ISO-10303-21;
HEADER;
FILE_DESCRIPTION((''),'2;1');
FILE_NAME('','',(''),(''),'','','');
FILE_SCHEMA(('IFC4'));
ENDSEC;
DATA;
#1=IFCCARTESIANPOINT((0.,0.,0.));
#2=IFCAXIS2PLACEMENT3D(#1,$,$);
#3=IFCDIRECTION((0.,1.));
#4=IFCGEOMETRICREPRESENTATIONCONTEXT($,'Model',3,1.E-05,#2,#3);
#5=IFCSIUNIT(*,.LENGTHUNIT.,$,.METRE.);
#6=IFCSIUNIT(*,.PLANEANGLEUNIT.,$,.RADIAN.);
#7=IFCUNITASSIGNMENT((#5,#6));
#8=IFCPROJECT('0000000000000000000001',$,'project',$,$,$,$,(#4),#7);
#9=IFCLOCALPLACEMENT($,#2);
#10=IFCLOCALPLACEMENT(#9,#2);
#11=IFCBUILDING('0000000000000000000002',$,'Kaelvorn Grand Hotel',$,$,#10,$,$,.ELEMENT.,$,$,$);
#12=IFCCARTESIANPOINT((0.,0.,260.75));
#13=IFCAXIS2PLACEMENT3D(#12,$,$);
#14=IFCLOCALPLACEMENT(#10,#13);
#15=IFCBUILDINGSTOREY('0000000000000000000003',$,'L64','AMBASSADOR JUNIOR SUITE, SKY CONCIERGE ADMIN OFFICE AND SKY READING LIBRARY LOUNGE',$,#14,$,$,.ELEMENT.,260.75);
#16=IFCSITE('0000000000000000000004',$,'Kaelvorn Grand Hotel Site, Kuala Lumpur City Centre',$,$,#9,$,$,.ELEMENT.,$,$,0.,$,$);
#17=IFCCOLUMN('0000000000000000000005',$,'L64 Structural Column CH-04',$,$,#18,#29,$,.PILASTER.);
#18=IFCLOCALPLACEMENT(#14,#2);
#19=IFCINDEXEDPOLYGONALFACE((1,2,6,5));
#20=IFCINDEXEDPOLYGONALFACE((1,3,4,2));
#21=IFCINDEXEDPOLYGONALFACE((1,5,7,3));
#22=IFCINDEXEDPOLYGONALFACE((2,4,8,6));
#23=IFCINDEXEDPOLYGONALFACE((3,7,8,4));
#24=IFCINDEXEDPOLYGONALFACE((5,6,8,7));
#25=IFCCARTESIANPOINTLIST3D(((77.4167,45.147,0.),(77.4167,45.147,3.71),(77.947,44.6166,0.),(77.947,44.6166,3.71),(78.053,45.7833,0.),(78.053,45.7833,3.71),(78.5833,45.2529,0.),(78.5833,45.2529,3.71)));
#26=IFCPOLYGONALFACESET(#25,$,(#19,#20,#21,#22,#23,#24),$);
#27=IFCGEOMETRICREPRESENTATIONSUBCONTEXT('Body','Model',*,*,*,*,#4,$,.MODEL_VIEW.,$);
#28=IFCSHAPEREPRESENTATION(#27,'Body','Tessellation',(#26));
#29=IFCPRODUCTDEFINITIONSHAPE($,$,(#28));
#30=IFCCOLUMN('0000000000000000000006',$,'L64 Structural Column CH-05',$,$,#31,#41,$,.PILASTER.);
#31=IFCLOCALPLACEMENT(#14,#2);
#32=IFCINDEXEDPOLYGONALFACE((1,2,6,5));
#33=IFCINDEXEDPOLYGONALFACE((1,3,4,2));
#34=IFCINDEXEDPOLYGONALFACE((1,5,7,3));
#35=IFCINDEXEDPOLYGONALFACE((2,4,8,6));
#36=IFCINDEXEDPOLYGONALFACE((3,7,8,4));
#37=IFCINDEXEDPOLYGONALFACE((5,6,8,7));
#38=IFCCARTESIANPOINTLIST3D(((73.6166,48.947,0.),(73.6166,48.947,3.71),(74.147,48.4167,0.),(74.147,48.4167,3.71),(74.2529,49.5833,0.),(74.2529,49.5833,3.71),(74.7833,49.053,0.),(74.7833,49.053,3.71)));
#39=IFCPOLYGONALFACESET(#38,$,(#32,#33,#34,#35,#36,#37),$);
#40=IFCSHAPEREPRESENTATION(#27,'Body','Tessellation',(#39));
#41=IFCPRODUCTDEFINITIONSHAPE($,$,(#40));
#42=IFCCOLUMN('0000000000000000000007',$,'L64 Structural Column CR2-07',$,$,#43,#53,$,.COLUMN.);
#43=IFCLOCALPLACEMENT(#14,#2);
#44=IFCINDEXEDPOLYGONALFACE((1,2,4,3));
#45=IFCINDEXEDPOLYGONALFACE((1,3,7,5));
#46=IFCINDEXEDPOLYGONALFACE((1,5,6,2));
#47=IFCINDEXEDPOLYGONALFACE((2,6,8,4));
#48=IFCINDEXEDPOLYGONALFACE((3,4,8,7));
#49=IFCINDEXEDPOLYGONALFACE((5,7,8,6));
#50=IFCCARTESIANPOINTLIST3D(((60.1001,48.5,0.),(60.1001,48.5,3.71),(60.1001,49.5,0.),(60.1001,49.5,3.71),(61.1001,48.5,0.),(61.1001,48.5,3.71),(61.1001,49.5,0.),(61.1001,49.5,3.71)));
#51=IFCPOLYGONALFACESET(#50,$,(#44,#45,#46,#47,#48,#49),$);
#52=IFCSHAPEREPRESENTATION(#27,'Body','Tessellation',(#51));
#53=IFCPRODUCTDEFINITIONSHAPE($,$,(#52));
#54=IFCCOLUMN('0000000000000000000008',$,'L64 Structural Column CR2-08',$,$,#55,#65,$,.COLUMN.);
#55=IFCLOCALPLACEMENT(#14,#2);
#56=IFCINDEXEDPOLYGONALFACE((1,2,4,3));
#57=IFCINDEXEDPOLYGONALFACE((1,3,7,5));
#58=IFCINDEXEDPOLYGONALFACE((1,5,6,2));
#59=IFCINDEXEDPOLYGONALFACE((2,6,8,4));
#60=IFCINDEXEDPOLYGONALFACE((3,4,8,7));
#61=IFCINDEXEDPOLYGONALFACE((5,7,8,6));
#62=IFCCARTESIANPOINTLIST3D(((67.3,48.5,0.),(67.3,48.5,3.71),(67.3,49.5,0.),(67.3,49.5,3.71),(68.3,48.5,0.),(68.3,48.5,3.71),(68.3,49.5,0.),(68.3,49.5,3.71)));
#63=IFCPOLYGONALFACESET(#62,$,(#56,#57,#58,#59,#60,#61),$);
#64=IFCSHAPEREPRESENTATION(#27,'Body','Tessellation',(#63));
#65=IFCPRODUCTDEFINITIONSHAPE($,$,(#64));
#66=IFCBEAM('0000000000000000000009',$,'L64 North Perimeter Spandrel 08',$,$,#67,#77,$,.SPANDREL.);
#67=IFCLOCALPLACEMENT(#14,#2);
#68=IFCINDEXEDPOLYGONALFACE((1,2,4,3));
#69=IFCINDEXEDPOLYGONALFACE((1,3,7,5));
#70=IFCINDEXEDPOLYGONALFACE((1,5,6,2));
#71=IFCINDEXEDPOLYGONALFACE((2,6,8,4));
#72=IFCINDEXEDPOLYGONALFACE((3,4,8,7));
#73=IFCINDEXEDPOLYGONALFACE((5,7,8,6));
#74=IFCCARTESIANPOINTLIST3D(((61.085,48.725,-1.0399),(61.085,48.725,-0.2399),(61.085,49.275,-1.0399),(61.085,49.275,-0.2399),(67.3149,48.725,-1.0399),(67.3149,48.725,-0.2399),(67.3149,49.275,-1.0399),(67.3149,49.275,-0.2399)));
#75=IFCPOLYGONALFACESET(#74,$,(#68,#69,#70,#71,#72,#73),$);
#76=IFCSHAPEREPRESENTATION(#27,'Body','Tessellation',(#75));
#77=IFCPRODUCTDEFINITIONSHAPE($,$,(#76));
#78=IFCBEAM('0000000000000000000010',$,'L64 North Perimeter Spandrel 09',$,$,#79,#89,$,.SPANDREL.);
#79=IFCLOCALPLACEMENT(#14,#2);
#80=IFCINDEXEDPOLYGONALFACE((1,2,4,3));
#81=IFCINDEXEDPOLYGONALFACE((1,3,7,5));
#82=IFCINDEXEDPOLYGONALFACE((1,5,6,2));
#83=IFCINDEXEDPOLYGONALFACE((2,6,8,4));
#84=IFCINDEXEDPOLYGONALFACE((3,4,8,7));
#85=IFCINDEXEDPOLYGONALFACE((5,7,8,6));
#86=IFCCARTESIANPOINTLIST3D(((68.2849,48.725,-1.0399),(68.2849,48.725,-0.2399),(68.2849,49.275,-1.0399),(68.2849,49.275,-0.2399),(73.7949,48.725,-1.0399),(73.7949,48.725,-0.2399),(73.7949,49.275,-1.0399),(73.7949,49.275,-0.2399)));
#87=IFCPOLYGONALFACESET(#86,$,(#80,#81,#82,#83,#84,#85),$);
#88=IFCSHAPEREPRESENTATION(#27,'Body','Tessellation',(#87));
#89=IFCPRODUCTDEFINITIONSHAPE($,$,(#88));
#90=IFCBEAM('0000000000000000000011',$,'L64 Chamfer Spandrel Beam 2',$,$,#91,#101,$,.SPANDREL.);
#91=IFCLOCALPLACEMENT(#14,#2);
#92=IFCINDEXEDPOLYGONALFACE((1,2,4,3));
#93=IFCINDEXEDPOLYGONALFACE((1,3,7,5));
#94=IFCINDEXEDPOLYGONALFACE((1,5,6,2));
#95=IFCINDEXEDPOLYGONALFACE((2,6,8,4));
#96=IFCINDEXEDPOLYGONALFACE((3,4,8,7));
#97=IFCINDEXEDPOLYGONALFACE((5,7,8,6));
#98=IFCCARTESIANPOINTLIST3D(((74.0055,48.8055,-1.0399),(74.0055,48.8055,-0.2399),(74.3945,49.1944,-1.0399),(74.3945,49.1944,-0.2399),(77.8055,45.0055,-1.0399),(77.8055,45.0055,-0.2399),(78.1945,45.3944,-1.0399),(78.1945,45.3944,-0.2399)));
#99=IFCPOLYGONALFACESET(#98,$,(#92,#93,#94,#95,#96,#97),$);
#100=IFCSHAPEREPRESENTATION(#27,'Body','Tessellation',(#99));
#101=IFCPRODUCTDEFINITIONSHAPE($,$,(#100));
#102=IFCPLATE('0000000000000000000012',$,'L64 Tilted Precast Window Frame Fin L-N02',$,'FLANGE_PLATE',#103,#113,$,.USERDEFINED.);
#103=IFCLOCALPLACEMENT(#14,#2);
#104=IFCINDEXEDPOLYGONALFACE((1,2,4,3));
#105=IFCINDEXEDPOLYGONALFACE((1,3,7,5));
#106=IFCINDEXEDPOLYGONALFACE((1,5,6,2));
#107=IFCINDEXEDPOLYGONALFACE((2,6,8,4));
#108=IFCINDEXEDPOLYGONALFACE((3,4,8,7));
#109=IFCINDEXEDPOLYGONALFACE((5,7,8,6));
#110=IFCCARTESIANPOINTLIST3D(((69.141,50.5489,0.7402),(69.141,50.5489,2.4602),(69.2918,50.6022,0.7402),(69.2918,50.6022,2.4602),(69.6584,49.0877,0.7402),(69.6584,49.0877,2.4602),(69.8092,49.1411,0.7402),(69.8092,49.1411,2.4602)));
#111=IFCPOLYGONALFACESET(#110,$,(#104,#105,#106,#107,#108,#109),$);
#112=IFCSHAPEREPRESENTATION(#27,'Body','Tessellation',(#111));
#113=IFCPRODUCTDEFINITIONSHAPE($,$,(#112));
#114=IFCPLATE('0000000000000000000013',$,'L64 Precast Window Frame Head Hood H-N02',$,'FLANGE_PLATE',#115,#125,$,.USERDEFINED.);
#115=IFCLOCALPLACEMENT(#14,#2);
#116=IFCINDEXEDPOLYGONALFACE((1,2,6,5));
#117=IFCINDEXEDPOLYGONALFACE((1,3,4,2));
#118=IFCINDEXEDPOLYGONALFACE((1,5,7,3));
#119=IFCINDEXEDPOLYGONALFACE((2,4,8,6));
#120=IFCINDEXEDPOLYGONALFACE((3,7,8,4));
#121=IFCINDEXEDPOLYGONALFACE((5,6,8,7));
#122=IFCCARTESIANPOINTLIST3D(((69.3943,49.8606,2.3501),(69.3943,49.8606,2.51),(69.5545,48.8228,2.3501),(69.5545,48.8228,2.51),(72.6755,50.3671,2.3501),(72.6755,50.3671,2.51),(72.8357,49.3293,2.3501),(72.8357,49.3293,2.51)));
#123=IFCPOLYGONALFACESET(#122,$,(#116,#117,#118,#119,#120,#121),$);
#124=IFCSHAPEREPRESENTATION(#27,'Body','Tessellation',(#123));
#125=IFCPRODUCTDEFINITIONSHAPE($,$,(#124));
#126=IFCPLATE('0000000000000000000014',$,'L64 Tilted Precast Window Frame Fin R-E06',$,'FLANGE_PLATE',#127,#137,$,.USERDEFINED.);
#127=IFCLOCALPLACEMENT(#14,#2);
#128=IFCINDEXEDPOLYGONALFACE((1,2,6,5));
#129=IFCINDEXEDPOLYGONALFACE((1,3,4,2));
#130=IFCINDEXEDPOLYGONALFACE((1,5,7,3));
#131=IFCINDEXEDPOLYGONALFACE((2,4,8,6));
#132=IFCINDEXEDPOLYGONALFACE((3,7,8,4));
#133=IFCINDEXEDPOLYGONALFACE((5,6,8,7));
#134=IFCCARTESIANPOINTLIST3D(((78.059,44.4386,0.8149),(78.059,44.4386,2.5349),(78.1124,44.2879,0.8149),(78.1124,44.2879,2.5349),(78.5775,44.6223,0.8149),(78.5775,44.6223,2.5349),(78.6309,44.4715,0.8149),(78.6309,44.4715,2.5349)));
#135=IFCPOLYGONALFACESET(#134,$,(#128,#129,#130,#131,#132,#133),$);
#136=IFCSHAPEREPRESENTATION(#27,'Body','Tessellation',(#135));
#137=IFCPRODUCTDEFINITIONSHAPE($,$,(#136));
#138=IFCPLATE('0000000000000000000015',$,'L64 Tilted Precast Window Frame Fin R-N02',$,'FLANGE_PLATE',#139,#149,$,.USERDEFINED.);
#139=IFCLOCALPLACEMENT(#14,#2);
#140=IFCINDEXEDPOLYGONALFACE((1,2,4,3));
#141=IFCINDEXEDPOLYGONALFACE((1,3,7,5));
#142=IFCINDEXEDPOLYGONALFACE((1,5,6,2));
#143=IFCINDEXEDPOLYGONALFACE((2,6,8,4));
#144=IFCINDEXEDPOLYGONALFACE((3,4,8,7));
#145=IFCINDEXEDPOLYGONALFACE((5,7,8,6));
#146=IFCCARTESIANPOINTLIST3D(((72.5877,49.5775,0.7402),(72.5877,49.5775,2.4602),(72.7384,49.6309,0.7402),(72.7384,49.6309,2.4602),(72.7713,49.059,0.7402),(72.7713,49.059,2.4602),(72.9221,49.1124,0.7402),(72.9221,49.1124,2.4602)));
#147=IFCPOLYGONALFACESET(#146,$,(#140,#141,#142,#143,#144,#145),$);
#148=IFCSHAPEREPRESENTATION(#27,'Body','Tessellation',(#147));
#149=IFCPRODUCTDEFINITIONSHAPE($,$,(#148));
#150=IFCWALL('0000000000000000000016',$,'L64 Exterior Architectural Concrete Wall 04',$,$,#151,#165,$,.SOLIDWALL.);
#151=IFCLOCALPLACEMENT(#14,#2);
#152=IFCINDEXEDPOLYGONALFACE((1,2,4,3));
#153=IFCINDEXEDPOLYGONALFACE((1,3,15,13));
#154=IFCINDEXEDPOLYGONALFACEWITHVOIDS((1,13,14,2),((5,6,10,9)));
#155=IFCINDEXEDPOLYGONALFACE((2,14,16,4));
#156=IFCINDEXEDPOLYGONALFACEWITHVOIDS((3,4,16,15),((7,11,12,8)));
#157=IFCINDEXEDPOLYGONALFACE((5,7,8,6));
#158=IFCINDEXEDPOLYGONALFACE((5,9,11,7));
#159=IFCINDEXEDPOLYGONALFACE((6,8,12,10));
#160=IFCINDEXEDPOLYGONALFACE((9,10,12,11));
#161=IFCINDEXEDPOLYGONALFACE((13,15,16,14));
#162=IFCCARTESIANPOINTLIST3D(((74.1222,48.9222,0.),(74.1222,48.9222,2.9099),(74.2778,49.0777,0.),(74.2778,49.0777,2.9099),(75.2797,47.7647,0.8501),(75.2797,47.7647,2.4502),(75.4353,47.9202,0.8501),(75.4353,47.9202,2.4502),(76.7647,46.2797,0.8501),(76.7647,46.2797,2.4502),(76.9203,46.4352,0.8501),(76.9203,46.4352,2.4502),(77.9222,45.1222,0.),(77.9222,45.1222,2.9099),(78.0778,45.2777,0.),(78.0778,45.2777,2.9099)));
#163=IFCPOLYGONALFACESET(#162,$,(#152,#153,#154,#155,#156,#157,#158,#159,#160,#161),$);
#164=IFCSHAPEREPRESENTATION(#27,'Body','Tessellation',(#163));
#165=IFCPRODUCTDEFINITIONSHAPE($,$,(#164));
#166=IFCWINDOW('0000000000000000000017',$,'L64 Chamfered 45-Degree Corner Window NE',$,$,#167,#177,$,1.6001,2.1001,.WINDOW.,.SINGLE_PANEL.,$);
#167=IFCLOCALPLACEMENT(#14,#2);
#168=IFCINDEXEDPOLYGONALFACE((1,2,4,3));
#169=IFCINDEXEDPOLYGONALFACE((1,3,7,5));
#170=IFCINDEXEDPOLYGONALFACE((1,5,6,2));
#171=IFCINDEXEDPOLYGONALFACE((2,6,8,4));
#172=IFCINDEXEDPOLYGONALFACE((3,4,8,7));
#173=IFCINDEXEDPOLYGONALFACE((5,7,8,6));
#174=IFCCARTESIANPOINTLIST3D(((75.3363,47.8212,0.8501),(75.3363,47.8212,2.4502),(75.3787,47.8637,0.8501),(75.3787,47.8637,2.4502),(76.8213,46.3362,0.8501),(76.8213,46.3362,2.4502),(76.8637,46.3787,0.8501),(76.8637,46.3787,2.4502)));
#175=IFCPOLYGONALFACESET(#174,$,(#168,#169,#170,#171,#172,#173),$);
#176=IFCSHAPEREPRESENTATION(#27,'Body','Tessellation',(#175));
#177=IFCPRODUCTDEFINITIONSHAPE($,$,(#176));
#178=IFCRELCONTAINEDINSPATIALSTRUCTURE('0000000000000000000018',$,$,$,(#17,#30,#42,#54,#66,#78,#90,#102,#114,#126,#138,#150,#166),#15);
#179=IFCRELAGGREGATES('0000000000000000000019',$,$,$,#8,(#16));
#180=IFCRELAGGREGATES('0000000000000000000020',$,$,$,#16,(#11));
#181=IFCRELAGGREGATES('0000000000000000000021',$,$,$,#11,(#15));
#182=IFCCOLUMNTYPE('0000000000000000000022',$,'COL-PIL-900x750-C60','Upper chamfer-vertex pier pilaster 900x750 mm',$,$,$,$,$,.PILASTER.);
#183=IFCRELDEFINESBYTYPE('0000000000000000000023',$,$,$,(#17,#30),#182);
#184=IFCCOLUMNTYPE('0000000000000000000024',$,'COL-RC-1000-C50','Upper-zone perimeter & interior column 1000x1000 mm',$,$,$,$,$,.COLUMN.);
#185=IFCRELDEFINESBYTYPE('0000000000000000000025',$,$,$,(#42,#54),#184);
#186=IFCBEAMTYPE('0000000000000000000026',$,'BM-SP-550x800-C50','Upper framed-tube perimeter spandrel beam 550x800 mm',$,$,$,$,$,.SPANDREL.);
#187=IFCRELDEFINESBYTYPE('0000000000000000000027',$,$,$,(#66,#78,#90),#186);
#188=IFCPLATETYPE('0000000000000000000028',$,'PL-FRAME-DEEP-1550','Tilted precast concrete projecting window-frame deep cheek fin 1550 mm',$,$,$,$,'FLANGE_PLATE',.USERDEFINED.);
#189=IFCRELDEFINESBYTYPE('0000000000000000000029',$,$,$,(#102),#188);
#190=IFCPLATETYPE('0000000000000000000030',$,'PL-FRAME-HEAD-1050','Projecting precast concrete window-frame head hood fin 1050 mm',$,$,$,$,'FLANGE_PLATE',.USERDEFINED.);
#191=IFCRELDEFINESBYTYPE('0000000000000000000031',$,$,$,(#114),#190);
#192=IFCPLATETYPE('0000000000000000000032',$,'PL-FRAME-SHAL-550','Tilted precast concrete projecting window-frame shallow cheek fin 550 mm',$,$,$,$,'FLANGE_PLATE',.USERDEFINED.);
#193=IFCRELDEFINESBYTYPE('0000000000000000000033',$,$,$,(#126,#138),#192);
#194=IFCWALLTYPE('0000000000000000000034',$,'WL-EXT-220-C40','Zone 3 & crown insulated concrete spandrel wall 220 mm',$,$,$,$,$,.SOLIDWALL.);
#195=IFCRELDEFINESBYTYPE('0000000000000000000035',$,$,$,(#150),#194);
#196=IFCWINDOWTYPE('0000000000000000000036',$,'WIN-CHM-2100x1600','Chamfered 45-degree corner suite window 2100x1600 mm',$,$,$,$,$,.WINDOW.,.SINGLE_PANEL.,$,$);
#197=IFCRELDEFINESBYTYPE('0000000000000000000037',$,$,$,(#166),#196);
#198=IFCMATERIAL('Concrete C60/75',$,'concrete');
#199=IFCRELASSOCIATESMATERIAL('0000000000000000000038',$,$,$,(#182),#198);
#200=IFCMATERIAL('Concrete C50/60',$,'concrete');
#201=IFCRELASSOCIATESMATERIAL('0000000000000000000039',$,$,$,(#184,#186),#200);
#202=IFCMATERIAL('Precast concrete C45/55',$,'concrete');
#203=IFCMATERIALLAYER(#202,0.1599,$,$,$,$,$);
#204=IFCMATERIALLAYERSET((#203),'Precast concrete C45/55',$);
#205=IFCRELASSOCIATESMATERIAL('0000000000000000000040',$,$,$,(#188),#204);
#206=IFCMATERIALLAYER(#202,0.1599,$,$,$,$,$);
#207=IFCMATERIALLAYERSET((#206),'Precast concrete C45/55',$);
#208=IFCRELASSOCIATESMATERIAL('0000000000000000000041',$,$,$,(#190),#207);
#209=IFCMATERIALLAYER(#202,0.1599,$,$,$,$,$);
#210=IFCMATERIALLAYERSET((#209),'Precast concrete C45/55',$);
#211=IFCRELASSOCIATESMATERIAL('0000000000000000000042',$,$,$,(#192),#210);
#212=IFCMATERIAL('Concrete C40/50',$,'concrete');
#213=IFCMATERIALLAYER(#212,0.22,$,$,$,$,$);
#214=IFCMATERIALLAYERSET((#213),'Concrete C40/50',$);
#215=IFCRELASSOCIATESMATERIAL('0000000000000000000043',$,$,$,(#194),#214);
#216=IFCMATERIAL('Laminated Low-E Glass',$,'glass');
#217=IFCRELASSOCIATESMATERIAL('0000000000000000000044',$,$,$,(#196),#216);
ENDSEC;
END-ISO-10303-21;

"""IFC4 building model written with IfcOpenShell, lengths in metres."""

from ifc_helpers import new_model, si_unit, direction, frame, frame_2d, origin, origin_2d, place, context, subcontext, project, spatial, rectangle, extrude, material, layer, layer_set, material_profile, profile_set, type_object, element, fill, save


model = new_model("IFC4")

# Units and contexts
model_context = context("Model", 3, precision=1e-05, world=origin(), true_north=direction((0.0, 1.0)))
body_context = subcontext(model_context, "Body", "Model", "MODEL_VIEW")
ifc_project = project(units=[si_unit("LENGTHUNIT", "METRE"), si_unit("PLANEANGLEUNIT", "RADIAN")], contexts=[model_context])

# Site, building, storey
site_placement = place(None, origin())
site = spatial("IfcSite", under=ifc_project, at=site_placement, Name="Kaelvorn Grand Hotel Site, Kuala Lumpur City Centre", CompositionType="ELEMENT", RefElevation=0.0)
building_placement = place(site_placement, origin())
building = spatial("IfcBuilding", under=site, at=building_placement, Name="Kaelvorn Grand Hotel", CompositionType="ELEMENT")
storey_placement = place(building_placement, frame((0.0, 0.0, 260.75)))
storey = spatial("IfcBuildingStorey", under=building, at=storey_placement, Name="L64", Description="AMBASSADOR JUNIOR SUITE, SKY CONCIERGE ADMIN OFFICE AND SKY READING LIBRARY LOUNGE", CompositionType="ELEMENT", Elevation=260.75)

# Columns
ifc_material_1 = material(Name="Concrete C60/75", Category="concrete")
ifc_material_profile_1 = material_profile(ifc_material_1, rectangle(XDim=0.8999, YDim=0.75, at=origin_2d()), Name="RC PILASTER 900x750")
ifc_profile_set_1 = profile_set([ifc_material_profile_1], Name="Concrete C60/75")
column_type_1 = type_object("IfcColumnType", Name="COL-PIL-900x750-C60", Description="Upper chamfer-vertex pier pilaster 900x750 mm", PredefinedType="PILASTER", material=ifc_profile_set_1)
for number, where, z_axis, x_axis, name in (
    (1, (78.0, 45.2, 0.0), (0.0, 0.0, 1.0), (0.707107, 0.707107, 0.0), "L64 Structural Column CH-04"),
    (2, (74.2, 49.0, 0.0), (0.0, 0.0, 1.0), (0.707107, 0.707107, 0.0), "L64 Structural Column CH-05"),
):
    element("IfcColumn", number, at=place(storey_placement, frame(where, z_axis=z_axis, x_axis=x_axis)), inside=storey, type_object=column_type_1, Name=name, PredefinedType="PILASTER", context=body_context, shape_type="SweptSolid", body=[
        extrude(rectangle(XDim=0.8999, YDim=0.75, at=origin_2d()), origin(), (0.0, 0.0, 1.0), 3.71),
    ])
ifc_material_2 = material(Name="Concrete C50/60", Category="concrete")
ifc_material_profile_2 = material_profile(ifc_material_2, rectangle(XDim=1.0, YDim=1.0, at=origin_2d()), Name="RC COL 1000x1000")
ifc_profile_set_2 = profile_set([ifc_material_profile_2], Name="Concrete C50/60")
column_type_2 = type_object("IfcColumnType", Name="COL-RC-1000-C50", Description="Upper-zone perimeter & interior column 1000x1000 mm", PredefinedType="COLUMN", material=ifc_profile_set_2)
for number, where, z_axis, x_axis, name in (
    (3, (60.6001, 49.0, 0.0), (0.0, 0.0, 1.0), (1.0, 0.0, 0.0), "L64 Structural Column CR2-07"),
    (4, (67.8, 49.0, 0.0), (0.0, 0.0, 1.0), (1.0, 0.0, 0.0), "L64 Structural Column CR2-08"),
):
    element("IfcColumn", number, at=place(storey_placement, frame(where, z_axis=z_axis, x_axis=x_axis)), inside=storey, type_object=column_type_2, Name=name, PredefinedType="COLUMN", context=body_context, shape_type="SweptSolid", body=[
        extrude(rectangle(XDim=1.0, YDim=1.0, at=origin_2d()), origin(), (0.0, 0.0, 1.0), 3.71),
    ])

# Beams
ifc_material_profile_3 = material_profile(ifc_material_2, rectangle(XDim=0.55, YDim=0.8, at=origin_2d()), Name="RC SPANDREL 550x800")
ifc_profile_set_3 = profile_set([ifc_material_profile_3], Name="Concrete C50/60")
beam_type = type_object("IfcBeamType", Name="BM-SP-550x800-C50", Description="Upper framed-tube perimeter spandrel beam 550x800 mm", PredefinedType="SPANDREL", material=ifc_profile_set_3)
beam_1_placement = place(storey_placement, frame((61.085, 49.0, -0.6399), z_axis=(1.0, 0.0, 0.0), x_axis=(0.0, 1.0, 0.0)))
element("IfcBeam", 5, at=beam_1_placement, inside=storey, type_object=beam_type, Name="L64 North Perimeter Spandrel 08", PredefinedType="SPANDREL", context=body_context, shape_type="SweptSolid", body=[
    extrude(rectangle(XDim=0.55, YDim=0.8, at=origin_2d()), origin(), (0.0, 0.0, 1.0), 6.23),
])
beam_2_placement = place(storey_placement, frame((68.2849, 49.0, -0.6399), z_axis=(1.0, 0.0, 0.0), x_axis=(0.0, 1.0, 0.0)))
element("IfcBeam", 6, at=beam_2_placement, inside=storey, type_object=beam_type, Name="L64 North Perimeter Spandrel 09", PredefinedType="SPANDREL", context=body_context, shape_type="SweptSolid", body=[
    extrude(rectangle(XDim=0.55, YDim=0.8, at=origin_2d()), origin(), (0.0, 0.0, 1.0), 5.51),
])
beam_3_placement = place(storey_placement, frame((78.0, 45.2, -0.6399), z_axis=(-0.707107, 0.707107, 0.0), x_axis=(-0.707107, -0.707107, 0.0)))
element("IfcBeam", 7, at=beam_3_placement, inside=storey, type_object=beam_type, Name="L64 Chamfer Spandrel Beam 2", PredefinedType="SPANDREL", context=body_context, shape_type="SweptSolid", body=[
    extrude(rectangle(XDim=0.55, YDim=0.8, at=origin_2d()), origin(), (0.0, 0.0, 1.0), 5.374),
])

# Plates
ifc_material_3 = material(Name="Precast concrete C45/55", Category="concrete")
ifc_layer_1 = layer(ifc_material_3, 0.1599)
ifc_layer_set_1 = layer_set([ifc_layer_1], Name="Precast concrete C45/55")
plate_type_1 = type_object("IfcPlateType", Name="PL-FRAME-DEEP-1550", Description="Tilted precast concrete projecting window-frame deep cheek fin 1550 mm", ElementType="FLANGE_PLATE", PredefinedType="USERDEFINED", material=ifc_layer_set_1)
plate_1_placement = place(storey_placement, frame((69.4751, 49.845, 0.7402), z_axis=(0.0, 0.0, 1.0), x_axis=(0.942641, 0.333807, 0.0)))
element("IfcPlate", 8, at=plate_1_placement, inside=storey, type_object=plate_type_1, Name="L64 Tilted Precast Window Frame Fin L-N02", ObjectType="FLANGE_PLATE", PredefinedType="USERDEFINED", context=body_context, shape_type="SweptSolid", body=[
    extrude(rectangle(XDim=0.1599, YDim=1.55, at=origin_2d()), origin(), (0.0, 0.0, 1.0), 1.72),
])
ifc_layer_2 = layer(ifc_material_3, 0.1599)
ifc_layer_set_2 = layer_set([ifc_layer_2], Name="Precast concrete C45/55")
plate_type_2 = type_object("IfcPlateType", Name="PL-FRAME-HEAD-1050", Description="Projecting precast concrete window-frame head hood fin 1050 mm", ElementType="FLANGE_PLATE", PredefinedType="USERDEFINED", material=ifc_layer_set_2)
plate_2_placement = place(storey_placement, frame((71.115, 49.595, 2.3501), z_axis=(0.0, 0.0, 1.0), x_axis=(0.988295, 0.152555, 0.0)))
element("IfcPlate", 9, at=plate_2_placement, inside=storey, type_object=plate_type_2, Name="L64 Precast Window Frame Head Hood H-N02", ObjectType="FLANGE_PLATE", PredefinedType="USERDEFINED", context=body_context, shape_type="SweptSolid", body=[
    extrude(rectangle(XDim=3.3201, YDim=1.05, at=origin_2d()), origin(), (0.0, 0.0, 1.0), 0.1599),
])
ifc_layer_3 = layer(ifc_material_3, 0.1599)
ifc_layer_set_3 = layer_set([ifc_layer_3], Name="Precast concrete C45/55")
plate_type_3 = type_object("IfcPlateType", Name="PL-FRAME-SHAL-550", Description="Tilted precast concrete projecting window-frame shallow cheek fin 550 mm", ElementType="FLANGE_PLATE", PredefinedType="USERDEFINED", material=ifc_layer_set_3)
for number, where, z_axis, x_axis, name in (
    (10, (78.345, 44.4551, 0.8149), (0.0, 0.0, 1.0), (-0.333807, 0.942641, 0.0), "L64 Tilted Precast Window Frame Fin R-E06"),
    (11, (72.7549, 49.345, 0.7402), (0.0, 0.0, 1.0), (0.942641, 0.333807, 0.0), "L64 Tilted Precast Window Frame Fin R-N02"),
):
    element("IfcPlate", number, at=place(storey_placement, frame(where, z_axis=z_axis, x_axis=x_axis)), inside=storey, type_object=plate_type_3, Name=name, ObjectType="FLANGE_PLATE", PredefinedType="USERDEFINED", context=body_context, shape_type="SweptSolid", body=[
        extrude(rectangle(XDim=0.1599, YDim=0.55, at=origin_2d()), origin(), (0.0, 0.0, 1.0), 1.72),
    ])

# Wall, opening, window
ifc_material_4 = material(Name="Concrete C40/50", Category="concrete")
ifc_layer_4 = layer(ifc_material_4, 0.22)
ifc_layer_set_4 = layer_set([ifc_layer_4], Name="Concrete C40/50")
wall_type_1 = type_object("IfcWallType", Name="WL-EXT-220-C40", Description="Zone 3 & crown insulated concrete spandrel wall 220 mm", PredefinedType="SOLIDWALL", material=ifc_layer_set_4)
wall_1_placement = place(storey_placement, frame((78.0, 45.2, 0.0), z_axis=(0.0, 0.0, 1.0), x_axis=(-0.707107, 0.707107, 0.0)))
wall_1 = element("IfcWall", 12, at=wall_1_placement, inside=storey, type_object=wall_type_1, Name="L64 Exterior Architectural Concrete Wall 04", PredefinedType="SOLIDWALL", context=body_context, shape_type="SweptSolid", body=[
    extrude(rectangle(XDim=5.374, YDim=0.22, at=frame_2d((2.687, 0.0))), origin(), (0.0, 0.0, 1.0), 2.9099),
])
opening_1_placement = place(wall_1_placement, frame((1.637, 0.0, 0.8501)))
opening_1 = element("IfcOpeningElement", 13, at=opening_1_placement, cuts=wall_1, PredefinedType="OPENING", context=body_context, shape_type="SweptSolid", body=[
    extrude(rectangle(XDim=2.1001, YDim=1.6001, at=frame_2d((1.05, 0.8))), frame((0.0, 0.1201, 0.0), z_axis=(0.0, -1.0, 0.0), x_axis=(1.0, 0.0, 0.0)), (0.0, 0.0, 1.0), 0.24),
])
ifc_material_5 = material(Name="Laminated Low-E Glass", Category="glass")
window_type_1 = type_object("IfcWindowType", Name="WIN-CHM-2100x1600", Description="Chamfered 45-degree corner suite window 2100x1600 mm", PartitioningType="SINGLE_PANEL", PredefinedType="WINDOW", material=ifc_material_5)
window_1_placement = place(opening_1_placement, origin())
window_1 = element("IfcWindow", 14, at=window_1_placement, inside=storey, type_object=window_type_1, Name="L64 Chamfered 45-Degree Corner Window NE", OverallHeight=1.6001, OverallWidth=2.1001, PartitioningType="SINGLE_PANEL", PredefinedType="WINDOW", context=body_context, shape_type="SweptSolid", body=[
    extrude(rectangle(XDim=2.1001, YDim=1.6001, at=frame_2d((1.05, 0.8))), frame((0.0, 0.03, 0.0), z_axis=(0.0, -1.0, 0.0), x_axis=(1.0, 0.0, 0.0)), (0.0, 0.0, 1.0), 0.0601),
])
fill(opening_1, window_1)

save(model, "model.ifc")
